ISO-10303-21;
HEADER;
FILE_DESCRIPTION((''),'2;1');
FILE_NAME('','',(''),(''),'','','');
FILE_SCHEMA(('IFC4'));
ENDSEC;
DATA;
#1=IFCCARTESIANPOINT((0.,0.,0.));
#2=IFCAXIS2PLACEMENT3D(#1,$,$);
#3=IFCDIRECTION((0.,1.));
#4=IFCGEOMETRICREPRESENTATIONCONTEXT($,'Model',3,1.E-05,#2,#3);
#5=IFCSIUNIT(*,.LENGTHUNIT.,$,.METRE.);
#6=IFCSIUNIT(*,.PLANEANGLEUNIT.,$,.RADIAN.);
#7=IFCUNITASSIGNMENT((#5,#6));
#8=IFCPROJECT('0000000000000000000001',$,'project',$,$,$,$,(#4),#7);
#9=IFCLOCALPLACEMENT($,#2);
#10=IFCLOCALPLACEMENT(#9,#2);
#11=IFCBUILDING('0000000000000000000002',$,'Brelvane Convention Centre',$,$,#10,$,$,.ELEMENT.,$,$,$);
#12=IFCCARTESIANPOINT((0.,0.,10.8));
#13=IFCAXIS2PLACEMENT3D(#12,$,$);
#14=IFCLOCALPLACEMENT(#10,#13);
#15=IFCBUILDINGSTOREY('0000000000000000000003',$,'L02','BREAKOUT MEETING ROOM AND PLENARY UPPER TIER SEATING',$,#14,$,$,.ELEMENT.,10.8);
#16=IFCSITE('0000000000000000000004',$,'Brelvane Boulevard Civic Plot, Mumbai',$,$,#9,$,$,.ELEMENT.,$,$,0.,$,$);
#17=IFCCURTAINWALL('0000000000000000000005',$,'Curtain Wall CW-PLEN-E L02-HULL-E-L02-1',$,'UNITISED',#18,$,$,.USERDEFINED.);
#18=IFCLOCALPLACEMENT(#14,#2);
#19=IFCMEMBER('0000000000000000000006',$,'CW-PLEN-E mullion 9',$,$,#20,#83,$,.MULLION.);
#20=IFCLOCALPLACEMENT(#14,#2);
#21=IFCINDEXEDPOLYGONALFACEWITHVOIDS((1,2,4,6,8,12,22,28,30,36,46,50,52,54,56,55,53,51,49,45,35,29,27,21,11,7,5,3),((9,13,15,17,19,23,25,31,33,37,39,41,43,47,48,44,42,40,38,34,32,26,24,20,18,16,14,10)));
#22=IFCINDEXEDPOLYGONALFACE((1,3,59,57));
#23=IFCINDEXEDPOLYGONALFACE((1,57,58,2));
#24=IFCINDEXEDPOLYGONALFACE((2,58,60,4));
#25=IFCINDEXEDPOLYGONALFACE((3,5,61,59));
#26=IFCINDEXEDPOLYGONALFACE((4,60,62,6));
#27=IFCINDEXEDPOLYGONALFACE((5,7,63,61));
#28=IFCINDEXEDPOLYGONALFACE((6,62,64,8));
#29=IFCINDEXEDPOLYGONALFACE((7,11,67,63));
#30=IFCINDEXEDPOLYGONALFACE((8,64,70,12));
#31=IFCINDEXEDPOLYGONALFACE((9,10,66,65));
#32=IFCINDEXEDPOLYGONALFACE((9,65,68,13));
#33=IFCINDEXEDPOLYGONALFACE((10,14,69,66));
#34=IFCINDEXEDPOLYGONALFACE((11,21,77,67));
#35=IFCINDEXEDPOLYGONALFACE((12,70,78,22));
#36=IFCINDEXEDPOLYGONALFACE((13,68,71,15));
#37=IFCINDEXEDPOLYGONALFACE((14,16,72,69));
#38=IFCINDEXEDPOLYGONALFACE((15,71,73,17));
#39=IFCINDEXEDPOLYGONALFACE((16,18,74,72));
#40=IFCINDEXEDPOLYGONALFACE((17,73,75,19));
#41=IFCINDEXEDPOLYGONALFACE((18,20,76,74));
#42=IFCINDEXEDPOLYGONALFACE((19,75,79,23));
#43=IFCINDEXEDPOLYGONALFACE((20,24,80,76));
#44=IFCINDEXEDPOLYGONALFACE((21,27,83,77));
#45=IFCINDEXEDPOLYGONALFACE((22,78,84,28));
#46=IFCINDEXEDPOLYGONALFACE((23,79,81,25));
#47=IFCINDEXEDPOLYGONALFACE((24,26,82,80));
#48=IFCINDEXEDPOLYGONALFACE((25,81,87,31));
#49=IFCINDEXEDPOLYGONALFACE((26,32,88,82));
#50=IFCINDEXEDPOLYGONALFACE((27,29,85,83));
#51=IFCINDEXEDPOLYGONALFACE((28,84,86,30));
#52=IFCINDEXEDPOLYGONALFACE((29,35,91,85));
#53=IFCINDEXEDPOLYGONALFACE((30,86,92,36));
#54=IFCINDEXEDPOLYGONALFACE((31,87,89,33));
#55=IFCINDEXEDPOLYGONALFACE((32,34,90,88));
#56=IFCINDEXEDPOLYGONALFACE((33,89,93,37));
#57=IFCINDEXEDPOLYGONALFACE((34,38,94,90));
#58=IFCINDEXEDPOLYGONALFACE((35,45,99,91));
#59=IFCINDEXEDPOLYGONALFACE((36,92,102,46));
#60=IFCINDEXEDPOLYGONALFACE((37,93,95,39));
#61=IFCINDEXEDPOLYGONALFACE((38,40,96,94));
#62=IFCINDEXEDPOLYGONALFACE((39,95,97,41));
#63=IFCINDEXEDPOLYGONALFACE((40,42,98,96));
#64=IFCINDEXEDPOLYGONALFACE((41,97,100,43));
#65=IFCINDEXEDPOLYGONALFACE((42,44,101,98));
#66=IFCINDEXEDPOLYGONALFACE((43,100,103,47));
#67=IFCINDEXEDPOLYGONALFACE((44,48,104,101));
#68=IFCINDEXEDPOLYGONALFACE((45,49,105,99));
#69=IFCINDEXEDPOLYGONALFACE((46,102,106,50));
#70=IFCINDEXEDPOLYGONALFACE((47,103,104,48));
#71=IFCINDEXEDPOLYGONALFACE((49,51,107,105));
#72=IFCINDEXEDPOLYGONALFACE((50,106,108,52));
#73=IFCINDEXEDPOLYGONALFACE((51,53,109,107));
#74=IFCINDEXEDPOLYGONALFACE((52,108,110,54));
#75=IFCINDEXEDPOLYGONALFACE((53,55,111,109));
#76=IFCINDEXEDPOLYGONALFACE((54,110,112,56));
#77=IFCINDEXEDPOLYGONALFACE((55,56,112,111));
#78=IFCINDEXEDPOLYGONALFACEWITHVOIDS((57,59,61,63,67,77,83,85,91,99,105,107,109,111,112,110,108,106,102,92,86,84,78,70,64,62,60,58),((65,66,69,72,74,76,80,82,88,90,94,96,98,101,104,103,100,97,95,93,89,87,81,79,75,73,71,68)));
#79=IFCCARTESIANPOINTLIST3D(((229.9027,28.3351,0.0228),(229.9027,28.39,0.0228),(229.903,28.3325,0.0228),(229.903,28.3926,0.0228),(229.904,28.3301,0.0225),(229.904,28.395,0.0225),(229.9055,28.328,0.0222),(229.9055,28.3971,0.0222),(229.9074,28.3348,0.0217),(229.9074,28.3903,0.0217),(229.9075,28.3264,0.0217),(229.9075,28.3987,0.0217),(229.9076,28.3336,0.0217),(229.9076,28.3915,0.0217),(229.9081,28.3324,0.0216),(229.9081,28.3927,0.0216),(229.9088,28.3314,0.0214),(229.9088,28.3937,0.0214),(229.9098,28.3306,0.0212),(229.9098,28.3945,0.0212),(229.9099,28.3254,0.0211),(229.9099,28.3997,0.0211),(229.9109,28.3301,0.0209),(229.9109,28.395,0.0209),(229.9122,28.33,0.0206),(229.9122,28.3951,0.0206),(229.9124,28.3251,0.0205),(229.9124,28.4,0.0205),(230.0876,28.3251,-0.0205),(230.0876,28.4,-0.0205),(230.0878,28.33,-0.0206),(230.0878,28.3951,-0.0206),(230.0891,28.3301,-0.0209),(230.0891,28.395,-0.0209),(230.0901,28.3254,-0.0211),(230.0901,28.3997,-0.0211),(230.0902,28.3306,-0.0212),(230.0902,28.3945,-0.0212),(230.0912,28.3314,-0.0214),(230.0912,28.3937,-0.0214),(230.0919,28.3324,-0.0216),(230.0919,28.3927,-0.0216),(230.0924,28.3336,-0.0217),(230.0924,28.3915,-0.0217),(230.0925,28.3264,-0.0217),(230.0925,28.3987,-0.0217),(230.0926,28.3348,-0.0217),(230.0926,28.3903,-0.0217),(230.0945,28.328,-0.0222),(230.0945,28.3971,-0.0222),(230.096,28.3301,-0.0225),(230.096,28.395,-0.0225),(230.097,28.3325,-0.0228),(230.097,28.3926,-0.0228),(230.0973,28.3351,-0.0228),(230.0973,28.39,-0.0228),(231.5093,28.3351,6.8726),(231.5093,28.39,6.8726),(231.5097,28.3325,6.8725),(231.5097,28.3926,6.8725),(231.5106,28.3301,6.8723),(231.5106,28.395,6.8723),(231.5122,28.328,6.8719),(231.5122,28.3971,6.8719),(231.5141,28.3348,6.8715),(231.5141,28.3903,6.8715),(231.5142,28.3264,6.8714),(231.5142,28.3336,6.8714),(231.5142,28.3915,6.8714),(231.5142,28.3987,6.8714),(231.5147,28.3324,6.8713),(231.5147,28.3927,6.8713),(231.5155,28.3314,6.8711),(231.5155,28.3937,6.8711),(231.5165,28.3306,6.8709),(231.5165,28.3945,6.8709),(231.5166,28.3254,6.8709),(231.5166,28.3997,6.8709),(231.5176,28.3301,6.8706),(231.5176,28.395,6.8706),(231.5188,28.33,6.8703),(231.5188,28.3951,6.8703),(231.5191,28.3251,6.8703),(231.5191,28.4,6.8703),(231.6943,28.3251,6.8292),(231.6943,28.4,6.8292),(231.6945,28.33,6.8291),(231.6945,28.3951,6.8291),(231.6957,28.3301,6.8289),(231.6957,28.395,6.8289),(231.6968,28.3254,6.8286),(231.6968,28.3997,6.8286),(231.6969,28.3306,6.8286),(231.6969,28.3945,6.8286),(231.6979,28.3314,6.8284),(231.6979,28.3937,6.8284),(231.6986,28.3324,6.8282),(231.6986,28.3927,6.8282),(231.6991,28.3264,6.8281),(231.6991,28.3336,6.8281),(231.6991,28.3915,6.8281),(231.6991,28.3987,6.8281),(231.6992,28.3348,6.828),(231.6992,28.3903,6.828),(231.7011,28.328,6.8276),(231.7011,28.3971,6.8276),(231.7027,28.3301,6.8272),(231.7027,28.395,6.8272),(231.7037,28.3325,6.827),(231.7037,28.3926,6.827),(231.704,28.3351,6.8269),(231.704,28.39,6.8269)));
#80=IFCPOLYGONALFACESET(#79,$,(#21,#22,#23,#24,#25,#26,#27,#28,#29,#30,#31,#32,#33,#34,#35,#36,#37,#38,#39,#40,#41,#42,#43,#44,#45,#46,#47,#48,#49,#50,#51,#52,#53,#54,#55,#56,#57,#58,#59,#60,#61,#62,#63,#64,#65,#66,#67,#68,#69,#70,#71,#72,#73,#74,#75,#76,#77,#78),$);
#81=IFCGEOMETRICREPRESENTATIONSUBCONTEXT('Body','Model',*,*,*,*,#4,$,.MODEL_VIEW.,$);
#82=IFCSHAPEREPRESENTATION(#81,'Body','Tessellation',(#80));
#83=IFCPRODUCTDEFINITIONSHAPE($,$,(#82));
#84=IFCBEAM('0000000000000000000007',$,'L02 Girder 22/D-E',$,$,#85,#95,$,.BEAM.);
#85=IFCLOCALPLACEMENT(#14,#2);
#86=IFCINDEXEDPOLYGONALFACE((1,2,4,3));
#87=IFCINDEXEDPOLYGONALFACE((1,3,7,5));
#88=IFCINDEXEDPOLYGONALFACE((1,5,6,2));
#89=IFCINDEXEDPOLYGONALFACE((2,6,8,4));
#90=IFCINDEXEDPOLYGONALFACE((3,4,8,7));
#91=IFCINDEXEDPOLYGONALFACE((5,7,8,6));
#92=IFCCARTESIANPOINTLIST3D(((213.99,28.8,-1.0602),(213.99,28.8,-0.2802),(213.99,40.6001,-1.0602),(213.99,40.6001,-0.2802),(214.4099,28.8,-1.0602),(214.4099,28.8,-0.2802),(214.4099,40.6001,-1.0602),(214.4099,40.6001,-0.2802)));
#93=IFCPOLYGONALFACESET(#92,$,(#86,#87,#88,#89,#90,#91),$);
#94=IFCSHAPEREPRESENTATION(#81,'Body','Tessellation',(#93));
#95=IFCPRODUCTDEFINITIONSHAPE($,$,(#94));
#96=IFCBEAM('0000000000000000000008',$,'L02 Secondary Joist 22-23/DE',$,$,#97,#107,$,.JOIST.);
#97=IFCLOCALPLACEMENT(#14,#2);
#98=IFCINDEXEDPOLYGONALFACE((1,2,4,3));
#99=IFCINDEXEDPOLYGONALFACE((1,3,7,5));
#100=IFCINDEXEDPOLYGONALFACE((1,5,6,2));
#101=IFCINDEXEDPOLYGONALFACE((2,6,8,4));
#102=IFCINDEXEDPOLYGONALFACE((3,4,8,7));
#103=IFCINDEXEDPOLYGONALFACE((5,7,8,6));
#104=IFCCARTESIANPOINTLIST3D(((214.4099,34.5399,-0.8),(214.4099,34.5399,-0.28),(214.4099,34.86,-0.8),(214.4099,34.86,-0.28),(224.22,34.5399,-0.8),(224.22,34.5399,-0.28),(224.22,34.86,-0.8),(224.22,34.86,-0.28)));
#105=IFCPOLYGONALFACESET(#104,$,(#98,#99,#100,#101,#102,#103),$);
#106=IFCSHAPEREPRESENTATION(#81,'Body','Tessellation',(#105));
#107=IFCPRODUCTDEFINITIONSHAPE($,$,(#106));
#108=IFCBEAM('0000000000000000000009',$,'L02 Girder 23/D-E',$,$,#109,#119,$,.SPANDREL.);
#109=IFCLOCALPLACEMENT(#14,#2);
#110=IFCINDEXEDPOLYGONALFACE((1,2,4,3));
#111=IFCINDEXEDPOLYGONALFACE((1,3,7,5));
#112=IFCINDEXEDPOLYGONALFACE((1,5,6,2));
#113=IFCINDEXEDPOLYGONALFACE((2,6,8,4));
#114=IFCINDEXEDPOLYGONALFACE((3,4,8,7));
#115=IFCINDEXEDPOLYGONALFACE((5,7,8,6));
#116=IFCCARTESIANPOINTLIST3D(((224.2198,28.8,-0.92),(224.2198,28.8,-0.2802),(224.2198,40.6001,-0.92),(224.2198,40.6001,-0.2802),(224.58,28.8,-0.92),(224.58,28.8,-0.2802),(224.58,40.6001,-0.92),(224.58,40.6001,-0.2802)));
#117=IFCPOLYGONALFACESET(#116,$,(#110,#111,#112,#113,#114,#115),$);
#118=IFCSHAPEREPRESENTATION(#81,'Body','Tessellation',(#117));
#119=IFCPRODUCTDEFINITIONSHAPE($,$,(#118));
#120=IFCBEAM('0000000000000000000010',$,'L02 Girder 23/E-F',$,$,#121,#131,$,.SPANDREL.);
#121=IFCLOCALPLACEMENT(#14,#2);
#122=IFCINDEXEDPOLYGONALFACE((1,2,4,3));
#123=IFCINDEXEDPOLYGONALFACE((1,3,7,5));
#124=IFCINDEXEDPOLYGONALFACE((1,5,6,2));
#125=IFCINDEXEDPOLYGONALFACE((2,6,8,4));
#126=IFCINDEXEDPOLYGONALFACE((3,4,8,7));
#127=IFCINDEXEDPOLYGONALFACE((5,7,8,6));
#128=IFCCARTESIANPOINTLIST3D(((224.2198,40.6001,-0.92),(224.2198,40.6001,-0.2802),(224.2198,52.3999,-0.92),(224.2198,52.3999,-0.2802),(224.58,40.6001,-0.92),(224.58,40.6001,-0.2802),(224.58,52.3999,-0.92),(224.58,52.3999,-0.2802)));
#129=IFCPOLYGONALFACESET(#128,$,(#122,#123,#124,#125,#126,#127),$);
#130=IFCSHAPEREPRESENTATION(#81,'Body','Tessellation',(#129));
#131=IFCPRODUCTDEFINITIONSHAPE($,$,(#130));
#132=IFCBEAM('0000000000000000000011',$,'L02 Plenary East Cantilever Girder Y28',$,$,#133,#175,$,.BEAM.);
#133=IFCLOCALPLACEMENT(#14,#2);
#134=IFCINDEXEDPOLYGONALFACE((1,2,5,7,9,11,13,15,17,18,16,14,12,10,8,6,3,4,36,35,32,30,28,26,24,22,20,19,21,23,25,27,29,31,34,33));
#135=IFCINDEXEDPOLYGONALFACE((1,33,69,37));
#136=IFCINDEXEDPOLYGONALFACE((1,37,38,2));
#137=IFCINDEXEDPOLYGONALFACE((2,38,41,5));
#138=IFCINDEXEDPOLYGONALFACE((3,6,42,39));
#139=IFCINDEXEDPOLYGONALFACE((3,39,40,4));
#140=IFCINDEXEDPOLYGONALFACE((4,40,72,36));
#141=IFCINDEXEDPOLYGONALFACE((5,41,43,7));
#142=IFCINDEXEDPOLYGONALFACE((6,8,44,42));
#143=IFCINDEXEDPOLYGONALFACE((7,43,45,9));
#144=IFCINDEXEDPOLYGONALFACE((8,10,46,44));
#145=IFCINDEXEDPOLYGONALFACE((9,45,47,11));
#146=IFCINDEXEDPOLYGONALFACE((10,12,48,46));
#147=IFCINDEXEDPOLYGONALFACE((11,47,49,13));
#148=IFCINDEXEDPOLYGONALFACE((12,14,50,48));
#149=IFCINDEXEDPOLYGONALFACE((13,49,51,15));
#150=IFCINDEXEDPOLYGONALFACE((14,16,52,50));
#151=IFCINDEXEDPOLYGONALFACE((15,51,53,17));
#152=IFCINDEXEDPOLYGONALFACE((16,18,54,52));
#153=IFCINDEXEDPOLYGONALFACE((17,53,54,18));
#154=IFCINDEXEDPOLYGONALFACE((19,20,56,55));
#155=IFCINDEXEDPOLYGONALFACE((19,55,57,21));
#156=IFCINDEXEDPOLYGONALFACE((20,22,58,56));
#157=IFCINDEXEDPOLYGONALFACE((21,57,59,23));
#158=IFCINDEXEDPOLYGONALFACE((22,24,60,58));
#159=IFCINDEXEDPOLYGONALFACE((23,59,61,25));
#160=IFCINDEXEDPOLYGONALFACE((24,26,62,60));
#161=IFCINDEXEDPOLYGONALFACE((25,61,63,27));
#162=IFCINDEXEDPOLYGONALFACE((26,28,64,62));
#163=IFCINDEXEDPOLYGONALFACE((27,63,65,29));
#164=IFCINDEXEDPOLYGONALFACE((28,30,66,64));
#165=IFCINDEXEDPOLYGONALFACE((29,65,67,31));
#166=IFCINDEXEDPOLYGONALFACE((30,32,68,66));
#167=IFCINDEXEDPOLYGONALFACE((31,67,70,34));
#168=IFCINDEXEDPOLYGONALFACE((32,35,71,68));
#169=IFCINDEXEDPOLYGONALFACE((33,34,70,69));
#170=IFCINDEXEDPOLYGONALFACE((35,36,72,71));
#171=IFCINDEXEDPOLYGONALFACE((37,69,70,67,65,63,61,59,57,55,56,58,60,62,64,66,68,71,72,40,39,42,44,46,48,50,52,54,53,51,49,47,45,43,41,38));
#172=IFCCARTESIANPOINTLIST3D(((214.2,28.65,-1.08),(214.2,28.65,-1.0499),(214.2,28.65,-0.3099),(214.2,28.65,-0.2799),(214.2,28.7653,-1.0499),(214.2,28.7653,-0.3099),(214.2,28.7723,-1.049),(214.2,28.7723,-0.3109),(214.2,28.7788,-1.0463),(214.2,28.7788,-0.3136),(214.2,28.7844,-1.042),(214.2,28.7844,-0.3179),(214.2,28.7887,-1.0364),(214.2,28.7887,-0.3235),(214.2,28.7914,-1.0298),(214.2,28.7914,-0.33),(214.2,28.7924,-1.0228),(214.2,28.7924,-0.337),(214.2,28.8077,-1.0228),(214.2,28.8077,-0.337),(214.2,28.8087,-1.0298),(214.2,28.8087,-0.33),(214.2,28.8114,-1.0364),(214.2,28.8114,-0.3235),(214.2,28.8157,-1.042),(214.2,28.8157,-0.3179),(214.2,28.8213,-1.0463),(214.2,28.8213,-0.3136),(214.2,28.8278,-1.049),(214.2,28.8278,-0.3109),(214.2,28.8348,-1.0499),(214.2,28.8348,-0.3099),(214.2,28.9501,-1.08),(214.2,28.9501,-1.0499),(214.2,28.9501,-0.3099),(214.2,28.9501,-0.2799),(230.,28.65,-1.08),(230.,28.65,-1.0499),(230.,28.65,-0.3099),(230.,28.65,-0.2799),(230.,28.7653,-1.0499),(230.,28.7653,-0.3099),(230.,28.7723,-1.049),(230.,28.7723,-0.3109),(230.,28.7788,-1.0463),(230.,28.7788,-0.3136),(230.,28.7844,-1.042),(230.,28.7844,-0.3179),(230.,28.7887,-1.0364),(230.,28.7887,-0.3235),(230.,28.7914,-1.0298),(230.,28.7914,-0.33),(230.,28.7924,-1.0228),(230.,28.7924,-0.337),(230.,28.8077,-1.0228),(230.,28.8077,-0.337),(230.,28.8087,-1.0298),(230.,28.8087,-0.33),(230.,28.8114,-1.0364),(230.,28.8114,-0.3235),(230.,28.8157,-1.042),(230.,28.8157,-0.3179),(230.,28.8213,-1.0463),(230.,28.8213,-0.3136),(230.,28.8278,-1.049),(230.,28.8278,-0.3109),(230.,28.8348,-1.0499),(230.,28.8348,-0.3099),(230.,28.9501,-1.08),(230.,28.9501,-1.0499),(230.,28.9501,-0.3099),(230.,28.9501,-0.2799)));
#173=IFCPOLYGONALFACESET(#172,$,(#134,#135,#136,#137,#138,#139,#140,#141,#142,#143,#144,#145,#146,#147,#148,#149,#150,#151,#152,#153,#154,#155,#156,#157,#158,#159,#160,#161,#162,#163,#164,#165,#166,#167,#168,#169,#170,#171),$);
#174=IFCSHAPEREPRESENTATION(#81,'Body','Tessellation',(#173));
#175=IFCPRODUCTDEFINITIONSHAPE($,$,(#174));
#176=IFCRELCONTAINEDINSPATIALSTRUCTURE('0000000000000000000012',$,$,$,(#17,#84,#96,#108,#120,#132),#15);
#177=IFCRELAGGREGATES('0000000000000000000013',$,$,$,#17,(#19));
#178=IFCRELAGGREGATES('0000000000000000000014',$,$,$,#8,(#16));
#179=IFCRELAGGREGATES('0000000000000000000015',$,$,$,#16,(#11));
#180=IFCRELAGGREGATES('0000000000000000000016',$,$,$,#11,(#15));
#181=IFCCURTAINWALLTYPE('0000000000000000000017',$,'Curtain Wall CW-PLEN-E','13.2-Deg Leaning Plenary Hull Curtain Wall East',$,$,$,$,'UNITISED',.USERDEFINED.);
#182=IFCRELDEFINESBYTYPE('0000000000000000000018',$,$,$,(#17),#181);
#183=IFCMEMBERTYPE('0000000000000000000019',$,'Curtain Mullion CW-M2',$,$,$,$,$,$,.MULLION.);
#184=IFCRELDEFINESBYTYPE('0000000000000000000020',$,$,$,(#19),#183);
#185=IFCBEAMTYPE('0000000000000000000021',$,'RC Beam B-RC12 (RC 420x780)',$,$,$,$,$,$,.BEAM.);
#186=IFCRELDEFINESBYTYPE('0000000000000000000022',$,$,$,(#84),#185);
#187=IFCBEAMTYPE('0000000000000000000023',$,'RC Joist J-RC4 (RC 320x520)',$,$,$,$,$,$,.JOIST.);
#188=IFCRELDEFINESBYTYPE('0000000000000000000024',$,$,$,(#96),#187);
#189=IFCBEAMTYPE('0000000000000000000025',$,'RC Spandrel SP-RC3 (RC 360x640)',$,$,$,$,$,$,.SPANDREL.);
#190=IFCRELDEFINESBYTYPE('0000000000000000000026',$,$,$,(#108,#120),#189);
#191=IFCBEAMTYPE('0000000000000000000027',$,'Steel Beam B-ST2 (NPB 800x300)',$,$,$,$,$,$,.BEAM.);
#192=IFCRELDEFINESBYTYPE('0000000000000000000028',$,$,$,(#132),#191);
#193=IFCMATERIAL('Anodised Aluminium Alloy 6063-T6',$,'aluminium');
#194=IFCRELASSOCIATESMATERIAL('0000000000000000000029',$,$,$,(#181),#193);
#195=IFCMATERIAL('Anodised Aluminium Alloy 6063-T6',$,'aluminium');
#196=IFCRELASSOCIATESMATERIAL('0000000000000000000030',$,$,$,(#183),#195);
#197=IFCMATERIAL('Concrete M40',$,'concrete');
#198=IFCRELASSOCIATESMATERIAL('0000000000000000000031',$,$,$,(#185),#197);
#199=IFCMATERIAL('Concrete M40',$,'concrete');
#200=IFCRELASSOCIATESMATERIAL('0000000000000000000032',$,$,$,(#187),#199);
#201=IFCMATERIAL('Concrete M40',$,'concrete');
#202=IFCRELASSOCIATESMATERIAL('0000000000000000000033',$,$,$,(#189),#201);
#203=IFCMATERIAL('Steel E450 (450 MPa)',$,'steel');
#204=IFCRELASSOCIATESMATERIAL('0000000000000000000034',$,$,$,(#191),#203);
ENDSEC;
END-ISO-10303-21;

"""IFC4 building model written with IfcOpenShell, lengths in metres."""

from ifc_helpers import new_model, si_unit, direction, frame, origin, origin_2d, place, context, subcontext, project, spatial, rectangle, hollow_rectangle, i_section, extrude, material, material_profile, profile_set, type_object, element, aggregate, save


model = new_model("IFC4")

# Units and contexts
model_context = context("Model", 3, precision=1e-05, world=origin(), true_north=direction((0.0, 1.0)))
body_context = subcontext(model_context, "Body", "Model", "MODEL_VIEW")
ifc_project = project(units=[si_unit("LENGTHUNIT", "METRE"), si_unit("PLANEANGLEUNIT", "RADIAN")], contexts=[model_context])

# Site, building, storey
site_placement = place(None, origin())
site = spatial("IfcSite", under=ifc_project, at=site_placement, Name="Brelvane Boulevard Civic Plot, Mumbai", CompositionType="ELEMENT", RefElevation=0.0)
building_placement = place(site_placement, origin())
building = spatial("IfcBuilding", under=site, at=building_placement, Name="Brelvane Convention Centre", CompositionType="ELEMENT")
storey_placement = place(building_placement, frame((0.0, 0.0, 10.8)))
storey = spatial("IfcBuildingStorey", under=building, at=storey_placement, Name="L02", Description="BREAKOUT MEETING ROOM AND PLENARY UPPER TIER SEATING", CompositionType="ELEMENT", Elevation=10.8)

# Curtain wall, member
ifc_material_1 = material(Name="Anodised Aluminium Alloy 6063-T6", Category="aluminium")
curtain_wall_type = type_object("IfcCurtainWallType", Name="Curtain Wall CW-PLEN-E", Description="13.2-Deg Leaning Plenary Hull Curtain Wall East", ElementType="UNITISED", PredefinedType="USERDEFINED", material=ifc_material_1)
curtain_wall_placement = place(storey_placement, origin())
curtain_wall = element("IfcCurtainWall", 1, at=curtain_wall_placement, inside=storey, type_object=curtain_wall_type, Name="Curtain Wall CW-PLEN-E L02-HULL-E-L02-1", ObjectType="UNITISED", PredefinedType="USERDEFINED")
ifc_material_2 = material(Name="Anodised Aluminium Alloy 6063-T6", Category="aluminium")
ifc_material_profile_1 = material_profile(ifc_material_2, hollow_rectangle(XDim=0.075, YDim=0.2, WallThickness=0.0049, InnerFilletRadius=0.0049, OuterFilletRadius=0.01, at=origin_2d()), Name="ALU-M 200x75x5.0")
ifc_profile_set_1 = profile_set([ifc_material_profile_1], Name="Anodised Aluminium Alloy 6063-T6")
member_type_1 = type_object("IfcMemberType", Name="Curtain Mullion CW-M2", PredefinedType="MULLION", material=ifc_profile_set_1)
member_1_placement = place(storey_placement, frame((230.0, 28.3625, 0.0), z_axis=(0.22836, 0.0, 0.973577), x_axis=(0.0, 1.0, 0.0)))
member_1 = element("IfcMember", 2, at=member_1_placement, type_object=member_type_1, Name="CW-PLEN-E mullion 9", PredefinedType="MULLION", context=body_context, shape_type="SweptSolid", body=[
    extrude(hollow_rectangle(XDim=0.075, YDim=0.2, WallThickness=0.0049, InnerFilletRadius=0.0049, OuterFilletRadius=0.01, at=origin_2d()), origin(), (0.0, 0.0, 1.0), 7.0356),
])
aggregate(curtain_wall, [member_1])

# Beams
ifc_material_3 = material(Name="Concrete M40", Category="concrete")
ifc_material_profile_2 = material_profile(ifc_material_3, rectangle(XDim=0.4199, YDim=0.78, at=origin_2d()), Name="RC 420x780")
ifc_profile_set_2 = profile_set([ifc_material_profile_2], Name="Concrete M40")
beam_type_1 = type_object("IfcBeamType", Name="RC Beam B-RC12 (RC 420x780)", PredefinedType="BEAM", material=ifc_profile_set_2)
beam_1_placement = place(storey_placement, frame((214.2, 28.8, -0.6702), z_axis=(0.0, 1.0, 0.0), x_axis=(-1.0, 0.0, 0.0)))
element("IfcBeam", 3, at=beam_1_placement, inside=storey, type_object=beam_type_1, Name="L02 Girder 22/D-E", PredefinedType="BEAM", context=body_context, shape_type="SweptSolid", body=[
    extrude(rectangle(XDim=0.4199, YDim=0.78, at=origin_2d()), origin(), (0.0, 0.0, 1.0), 11.8),
])
ifc_material_4 = material(Name="Concrete M40", Category="concrete")
ifc_material_profile_3 = material_profile(ifc_material_4, rectangle(XDim=0.3201, YDim=0.52, at=origin_2d()), Name="RC 320x520")
ifc_profile_set_3 = profile_set([ifc_material_profile_3], Name="Concrete M40")
beam_type_2 = type_object("IfcBeamType", Name="RC Joist J-RC4 (RC 320x520)", PredefinedType="JOIST", material=ifc_profile_set_3)
beam_2_placement = place(storey_placement, frame((214.4099, 34.7, -0.54), z_axis=(1.0, 0.0, 0.0), x_axis=(0.0, 1.0, 0.0)))
element("IfcBeam", 4, at=beam_2_placement, inside=storey, type_object=beam_type_2, Name="L02 Secondary Joist 22-23/DE", PredefinedType="JOIST", context=body_context, shape_type="SweptSolid", body=[
    extrude(rectangle(XDim=0.3201, YDim=0.52, at=origin_2d()), origin(), (0.0, 0.0, 1.0), 9.8101),
])
ifc_material_5 = material(Name="Concrete M40", Category="concrete")
ifc_material_profile_4 = material_profile(ifc_material_5, rectangle(XDim=0.3601, YDim=0.6399, at=origin_2d()), Name="RC 360x640")
ifc_profile_set_4 = profile_set([ifc_material_profile_4], Name="Concrete M40")
beam_type_3 = type_object("IfcBeamType", Name="RC Spandrel SP-RC3 (RC 360x640)", PredefinedType="SPANDREL", material=ifc_profile_set_4)
beam_3_placement = place(storey_placement, frame((224.3999, 28.8, -0.6001), z_axis=(0.0, 1.0, 0.0), x_axis=(-1.0, 0.0, 0.0)))
element("IfcBeam", 5, at=beam_3_placement, inside=storey, type_object=beam_type_3, Name="L02 Girder 23/D-E", PredefinedType="SPANDREL", context=body_context, shape_type="SweptSolid", body=[
    extrude(rectangle(XDim=0.3601, YDim=0.6399, at=origin_2d()), origin(), (0.0, 0.0, 1.0), 11.8),
])
beam_4_placement = place(storey_placement, frame((224.3999, 40.6001, -0.6001), z_axis=(0.0, 1.0, 0.0), x_axis=(-1.0, 0.0, 0.0)))
element("IfcBeam", 6, at=beam_4_placement, inside=storey, type_object=beam_type_3, Name="L02 Girder 23/E-F", PredefinedType="SPANDREL", context=body_context, shape_type="SweptSolid", body=[
    extrude(rectangle(XDim=0.3601, YDim=0.6399, at=origin_2d()), origin(), (0.0, 0.0, 1.0), 11.7998),
])
ifc_material_6 = material(Name="Steel E450 (450 MPa)", Category="steel")
ifc_material_profile_5 = material_profile(ifc_material_6, i_section(OverallWidth=0.3, OverallDepth=0.8, WebThickness=0.0154, FlangeThickness=0.03, FilletRadius=0.0271, at=origin_2d()), Name="NPB 800x300")
ifc_profile_set_5 = profile_set([ifc_material_profile_5], Name="Steel E450 (450 MPa)")
beam_type_4 = type_object("IfcBeamType", Name="Steel Beam B-ST2 (NPB 800x300)", PredefinedType="BEAM", material=ifc_profile_set_5)
for number, where, z_axis, x_axis, name in (
    (7, (214.2, 28.8, -0.6799), (1.0, 0.0, 0.0), (0.0, 1.0, 0.0), "L02 Plenary East Cantilever Girder Y28"),
):
    element("IfcBeam", number, at=place(storey_placement, frame(where, z_axis=z_axis, x_axis=x_axis)), inside=storey, type_object=beam_type_4, Name=name, PredefinedType="BEAM", context=body_context, shape_type="SweptSolid", body=[
        extrude(i_section(OverallWidth=0.3, OverallDepth=0.8, WebThickness=0.0154, FlangeThickness=0.03, FilletRadius=0.0271, at=origin_2d()), origin(), (0.0, 0.0, 1.0), 15.8),
    ])

save(model, "model.ifc")
